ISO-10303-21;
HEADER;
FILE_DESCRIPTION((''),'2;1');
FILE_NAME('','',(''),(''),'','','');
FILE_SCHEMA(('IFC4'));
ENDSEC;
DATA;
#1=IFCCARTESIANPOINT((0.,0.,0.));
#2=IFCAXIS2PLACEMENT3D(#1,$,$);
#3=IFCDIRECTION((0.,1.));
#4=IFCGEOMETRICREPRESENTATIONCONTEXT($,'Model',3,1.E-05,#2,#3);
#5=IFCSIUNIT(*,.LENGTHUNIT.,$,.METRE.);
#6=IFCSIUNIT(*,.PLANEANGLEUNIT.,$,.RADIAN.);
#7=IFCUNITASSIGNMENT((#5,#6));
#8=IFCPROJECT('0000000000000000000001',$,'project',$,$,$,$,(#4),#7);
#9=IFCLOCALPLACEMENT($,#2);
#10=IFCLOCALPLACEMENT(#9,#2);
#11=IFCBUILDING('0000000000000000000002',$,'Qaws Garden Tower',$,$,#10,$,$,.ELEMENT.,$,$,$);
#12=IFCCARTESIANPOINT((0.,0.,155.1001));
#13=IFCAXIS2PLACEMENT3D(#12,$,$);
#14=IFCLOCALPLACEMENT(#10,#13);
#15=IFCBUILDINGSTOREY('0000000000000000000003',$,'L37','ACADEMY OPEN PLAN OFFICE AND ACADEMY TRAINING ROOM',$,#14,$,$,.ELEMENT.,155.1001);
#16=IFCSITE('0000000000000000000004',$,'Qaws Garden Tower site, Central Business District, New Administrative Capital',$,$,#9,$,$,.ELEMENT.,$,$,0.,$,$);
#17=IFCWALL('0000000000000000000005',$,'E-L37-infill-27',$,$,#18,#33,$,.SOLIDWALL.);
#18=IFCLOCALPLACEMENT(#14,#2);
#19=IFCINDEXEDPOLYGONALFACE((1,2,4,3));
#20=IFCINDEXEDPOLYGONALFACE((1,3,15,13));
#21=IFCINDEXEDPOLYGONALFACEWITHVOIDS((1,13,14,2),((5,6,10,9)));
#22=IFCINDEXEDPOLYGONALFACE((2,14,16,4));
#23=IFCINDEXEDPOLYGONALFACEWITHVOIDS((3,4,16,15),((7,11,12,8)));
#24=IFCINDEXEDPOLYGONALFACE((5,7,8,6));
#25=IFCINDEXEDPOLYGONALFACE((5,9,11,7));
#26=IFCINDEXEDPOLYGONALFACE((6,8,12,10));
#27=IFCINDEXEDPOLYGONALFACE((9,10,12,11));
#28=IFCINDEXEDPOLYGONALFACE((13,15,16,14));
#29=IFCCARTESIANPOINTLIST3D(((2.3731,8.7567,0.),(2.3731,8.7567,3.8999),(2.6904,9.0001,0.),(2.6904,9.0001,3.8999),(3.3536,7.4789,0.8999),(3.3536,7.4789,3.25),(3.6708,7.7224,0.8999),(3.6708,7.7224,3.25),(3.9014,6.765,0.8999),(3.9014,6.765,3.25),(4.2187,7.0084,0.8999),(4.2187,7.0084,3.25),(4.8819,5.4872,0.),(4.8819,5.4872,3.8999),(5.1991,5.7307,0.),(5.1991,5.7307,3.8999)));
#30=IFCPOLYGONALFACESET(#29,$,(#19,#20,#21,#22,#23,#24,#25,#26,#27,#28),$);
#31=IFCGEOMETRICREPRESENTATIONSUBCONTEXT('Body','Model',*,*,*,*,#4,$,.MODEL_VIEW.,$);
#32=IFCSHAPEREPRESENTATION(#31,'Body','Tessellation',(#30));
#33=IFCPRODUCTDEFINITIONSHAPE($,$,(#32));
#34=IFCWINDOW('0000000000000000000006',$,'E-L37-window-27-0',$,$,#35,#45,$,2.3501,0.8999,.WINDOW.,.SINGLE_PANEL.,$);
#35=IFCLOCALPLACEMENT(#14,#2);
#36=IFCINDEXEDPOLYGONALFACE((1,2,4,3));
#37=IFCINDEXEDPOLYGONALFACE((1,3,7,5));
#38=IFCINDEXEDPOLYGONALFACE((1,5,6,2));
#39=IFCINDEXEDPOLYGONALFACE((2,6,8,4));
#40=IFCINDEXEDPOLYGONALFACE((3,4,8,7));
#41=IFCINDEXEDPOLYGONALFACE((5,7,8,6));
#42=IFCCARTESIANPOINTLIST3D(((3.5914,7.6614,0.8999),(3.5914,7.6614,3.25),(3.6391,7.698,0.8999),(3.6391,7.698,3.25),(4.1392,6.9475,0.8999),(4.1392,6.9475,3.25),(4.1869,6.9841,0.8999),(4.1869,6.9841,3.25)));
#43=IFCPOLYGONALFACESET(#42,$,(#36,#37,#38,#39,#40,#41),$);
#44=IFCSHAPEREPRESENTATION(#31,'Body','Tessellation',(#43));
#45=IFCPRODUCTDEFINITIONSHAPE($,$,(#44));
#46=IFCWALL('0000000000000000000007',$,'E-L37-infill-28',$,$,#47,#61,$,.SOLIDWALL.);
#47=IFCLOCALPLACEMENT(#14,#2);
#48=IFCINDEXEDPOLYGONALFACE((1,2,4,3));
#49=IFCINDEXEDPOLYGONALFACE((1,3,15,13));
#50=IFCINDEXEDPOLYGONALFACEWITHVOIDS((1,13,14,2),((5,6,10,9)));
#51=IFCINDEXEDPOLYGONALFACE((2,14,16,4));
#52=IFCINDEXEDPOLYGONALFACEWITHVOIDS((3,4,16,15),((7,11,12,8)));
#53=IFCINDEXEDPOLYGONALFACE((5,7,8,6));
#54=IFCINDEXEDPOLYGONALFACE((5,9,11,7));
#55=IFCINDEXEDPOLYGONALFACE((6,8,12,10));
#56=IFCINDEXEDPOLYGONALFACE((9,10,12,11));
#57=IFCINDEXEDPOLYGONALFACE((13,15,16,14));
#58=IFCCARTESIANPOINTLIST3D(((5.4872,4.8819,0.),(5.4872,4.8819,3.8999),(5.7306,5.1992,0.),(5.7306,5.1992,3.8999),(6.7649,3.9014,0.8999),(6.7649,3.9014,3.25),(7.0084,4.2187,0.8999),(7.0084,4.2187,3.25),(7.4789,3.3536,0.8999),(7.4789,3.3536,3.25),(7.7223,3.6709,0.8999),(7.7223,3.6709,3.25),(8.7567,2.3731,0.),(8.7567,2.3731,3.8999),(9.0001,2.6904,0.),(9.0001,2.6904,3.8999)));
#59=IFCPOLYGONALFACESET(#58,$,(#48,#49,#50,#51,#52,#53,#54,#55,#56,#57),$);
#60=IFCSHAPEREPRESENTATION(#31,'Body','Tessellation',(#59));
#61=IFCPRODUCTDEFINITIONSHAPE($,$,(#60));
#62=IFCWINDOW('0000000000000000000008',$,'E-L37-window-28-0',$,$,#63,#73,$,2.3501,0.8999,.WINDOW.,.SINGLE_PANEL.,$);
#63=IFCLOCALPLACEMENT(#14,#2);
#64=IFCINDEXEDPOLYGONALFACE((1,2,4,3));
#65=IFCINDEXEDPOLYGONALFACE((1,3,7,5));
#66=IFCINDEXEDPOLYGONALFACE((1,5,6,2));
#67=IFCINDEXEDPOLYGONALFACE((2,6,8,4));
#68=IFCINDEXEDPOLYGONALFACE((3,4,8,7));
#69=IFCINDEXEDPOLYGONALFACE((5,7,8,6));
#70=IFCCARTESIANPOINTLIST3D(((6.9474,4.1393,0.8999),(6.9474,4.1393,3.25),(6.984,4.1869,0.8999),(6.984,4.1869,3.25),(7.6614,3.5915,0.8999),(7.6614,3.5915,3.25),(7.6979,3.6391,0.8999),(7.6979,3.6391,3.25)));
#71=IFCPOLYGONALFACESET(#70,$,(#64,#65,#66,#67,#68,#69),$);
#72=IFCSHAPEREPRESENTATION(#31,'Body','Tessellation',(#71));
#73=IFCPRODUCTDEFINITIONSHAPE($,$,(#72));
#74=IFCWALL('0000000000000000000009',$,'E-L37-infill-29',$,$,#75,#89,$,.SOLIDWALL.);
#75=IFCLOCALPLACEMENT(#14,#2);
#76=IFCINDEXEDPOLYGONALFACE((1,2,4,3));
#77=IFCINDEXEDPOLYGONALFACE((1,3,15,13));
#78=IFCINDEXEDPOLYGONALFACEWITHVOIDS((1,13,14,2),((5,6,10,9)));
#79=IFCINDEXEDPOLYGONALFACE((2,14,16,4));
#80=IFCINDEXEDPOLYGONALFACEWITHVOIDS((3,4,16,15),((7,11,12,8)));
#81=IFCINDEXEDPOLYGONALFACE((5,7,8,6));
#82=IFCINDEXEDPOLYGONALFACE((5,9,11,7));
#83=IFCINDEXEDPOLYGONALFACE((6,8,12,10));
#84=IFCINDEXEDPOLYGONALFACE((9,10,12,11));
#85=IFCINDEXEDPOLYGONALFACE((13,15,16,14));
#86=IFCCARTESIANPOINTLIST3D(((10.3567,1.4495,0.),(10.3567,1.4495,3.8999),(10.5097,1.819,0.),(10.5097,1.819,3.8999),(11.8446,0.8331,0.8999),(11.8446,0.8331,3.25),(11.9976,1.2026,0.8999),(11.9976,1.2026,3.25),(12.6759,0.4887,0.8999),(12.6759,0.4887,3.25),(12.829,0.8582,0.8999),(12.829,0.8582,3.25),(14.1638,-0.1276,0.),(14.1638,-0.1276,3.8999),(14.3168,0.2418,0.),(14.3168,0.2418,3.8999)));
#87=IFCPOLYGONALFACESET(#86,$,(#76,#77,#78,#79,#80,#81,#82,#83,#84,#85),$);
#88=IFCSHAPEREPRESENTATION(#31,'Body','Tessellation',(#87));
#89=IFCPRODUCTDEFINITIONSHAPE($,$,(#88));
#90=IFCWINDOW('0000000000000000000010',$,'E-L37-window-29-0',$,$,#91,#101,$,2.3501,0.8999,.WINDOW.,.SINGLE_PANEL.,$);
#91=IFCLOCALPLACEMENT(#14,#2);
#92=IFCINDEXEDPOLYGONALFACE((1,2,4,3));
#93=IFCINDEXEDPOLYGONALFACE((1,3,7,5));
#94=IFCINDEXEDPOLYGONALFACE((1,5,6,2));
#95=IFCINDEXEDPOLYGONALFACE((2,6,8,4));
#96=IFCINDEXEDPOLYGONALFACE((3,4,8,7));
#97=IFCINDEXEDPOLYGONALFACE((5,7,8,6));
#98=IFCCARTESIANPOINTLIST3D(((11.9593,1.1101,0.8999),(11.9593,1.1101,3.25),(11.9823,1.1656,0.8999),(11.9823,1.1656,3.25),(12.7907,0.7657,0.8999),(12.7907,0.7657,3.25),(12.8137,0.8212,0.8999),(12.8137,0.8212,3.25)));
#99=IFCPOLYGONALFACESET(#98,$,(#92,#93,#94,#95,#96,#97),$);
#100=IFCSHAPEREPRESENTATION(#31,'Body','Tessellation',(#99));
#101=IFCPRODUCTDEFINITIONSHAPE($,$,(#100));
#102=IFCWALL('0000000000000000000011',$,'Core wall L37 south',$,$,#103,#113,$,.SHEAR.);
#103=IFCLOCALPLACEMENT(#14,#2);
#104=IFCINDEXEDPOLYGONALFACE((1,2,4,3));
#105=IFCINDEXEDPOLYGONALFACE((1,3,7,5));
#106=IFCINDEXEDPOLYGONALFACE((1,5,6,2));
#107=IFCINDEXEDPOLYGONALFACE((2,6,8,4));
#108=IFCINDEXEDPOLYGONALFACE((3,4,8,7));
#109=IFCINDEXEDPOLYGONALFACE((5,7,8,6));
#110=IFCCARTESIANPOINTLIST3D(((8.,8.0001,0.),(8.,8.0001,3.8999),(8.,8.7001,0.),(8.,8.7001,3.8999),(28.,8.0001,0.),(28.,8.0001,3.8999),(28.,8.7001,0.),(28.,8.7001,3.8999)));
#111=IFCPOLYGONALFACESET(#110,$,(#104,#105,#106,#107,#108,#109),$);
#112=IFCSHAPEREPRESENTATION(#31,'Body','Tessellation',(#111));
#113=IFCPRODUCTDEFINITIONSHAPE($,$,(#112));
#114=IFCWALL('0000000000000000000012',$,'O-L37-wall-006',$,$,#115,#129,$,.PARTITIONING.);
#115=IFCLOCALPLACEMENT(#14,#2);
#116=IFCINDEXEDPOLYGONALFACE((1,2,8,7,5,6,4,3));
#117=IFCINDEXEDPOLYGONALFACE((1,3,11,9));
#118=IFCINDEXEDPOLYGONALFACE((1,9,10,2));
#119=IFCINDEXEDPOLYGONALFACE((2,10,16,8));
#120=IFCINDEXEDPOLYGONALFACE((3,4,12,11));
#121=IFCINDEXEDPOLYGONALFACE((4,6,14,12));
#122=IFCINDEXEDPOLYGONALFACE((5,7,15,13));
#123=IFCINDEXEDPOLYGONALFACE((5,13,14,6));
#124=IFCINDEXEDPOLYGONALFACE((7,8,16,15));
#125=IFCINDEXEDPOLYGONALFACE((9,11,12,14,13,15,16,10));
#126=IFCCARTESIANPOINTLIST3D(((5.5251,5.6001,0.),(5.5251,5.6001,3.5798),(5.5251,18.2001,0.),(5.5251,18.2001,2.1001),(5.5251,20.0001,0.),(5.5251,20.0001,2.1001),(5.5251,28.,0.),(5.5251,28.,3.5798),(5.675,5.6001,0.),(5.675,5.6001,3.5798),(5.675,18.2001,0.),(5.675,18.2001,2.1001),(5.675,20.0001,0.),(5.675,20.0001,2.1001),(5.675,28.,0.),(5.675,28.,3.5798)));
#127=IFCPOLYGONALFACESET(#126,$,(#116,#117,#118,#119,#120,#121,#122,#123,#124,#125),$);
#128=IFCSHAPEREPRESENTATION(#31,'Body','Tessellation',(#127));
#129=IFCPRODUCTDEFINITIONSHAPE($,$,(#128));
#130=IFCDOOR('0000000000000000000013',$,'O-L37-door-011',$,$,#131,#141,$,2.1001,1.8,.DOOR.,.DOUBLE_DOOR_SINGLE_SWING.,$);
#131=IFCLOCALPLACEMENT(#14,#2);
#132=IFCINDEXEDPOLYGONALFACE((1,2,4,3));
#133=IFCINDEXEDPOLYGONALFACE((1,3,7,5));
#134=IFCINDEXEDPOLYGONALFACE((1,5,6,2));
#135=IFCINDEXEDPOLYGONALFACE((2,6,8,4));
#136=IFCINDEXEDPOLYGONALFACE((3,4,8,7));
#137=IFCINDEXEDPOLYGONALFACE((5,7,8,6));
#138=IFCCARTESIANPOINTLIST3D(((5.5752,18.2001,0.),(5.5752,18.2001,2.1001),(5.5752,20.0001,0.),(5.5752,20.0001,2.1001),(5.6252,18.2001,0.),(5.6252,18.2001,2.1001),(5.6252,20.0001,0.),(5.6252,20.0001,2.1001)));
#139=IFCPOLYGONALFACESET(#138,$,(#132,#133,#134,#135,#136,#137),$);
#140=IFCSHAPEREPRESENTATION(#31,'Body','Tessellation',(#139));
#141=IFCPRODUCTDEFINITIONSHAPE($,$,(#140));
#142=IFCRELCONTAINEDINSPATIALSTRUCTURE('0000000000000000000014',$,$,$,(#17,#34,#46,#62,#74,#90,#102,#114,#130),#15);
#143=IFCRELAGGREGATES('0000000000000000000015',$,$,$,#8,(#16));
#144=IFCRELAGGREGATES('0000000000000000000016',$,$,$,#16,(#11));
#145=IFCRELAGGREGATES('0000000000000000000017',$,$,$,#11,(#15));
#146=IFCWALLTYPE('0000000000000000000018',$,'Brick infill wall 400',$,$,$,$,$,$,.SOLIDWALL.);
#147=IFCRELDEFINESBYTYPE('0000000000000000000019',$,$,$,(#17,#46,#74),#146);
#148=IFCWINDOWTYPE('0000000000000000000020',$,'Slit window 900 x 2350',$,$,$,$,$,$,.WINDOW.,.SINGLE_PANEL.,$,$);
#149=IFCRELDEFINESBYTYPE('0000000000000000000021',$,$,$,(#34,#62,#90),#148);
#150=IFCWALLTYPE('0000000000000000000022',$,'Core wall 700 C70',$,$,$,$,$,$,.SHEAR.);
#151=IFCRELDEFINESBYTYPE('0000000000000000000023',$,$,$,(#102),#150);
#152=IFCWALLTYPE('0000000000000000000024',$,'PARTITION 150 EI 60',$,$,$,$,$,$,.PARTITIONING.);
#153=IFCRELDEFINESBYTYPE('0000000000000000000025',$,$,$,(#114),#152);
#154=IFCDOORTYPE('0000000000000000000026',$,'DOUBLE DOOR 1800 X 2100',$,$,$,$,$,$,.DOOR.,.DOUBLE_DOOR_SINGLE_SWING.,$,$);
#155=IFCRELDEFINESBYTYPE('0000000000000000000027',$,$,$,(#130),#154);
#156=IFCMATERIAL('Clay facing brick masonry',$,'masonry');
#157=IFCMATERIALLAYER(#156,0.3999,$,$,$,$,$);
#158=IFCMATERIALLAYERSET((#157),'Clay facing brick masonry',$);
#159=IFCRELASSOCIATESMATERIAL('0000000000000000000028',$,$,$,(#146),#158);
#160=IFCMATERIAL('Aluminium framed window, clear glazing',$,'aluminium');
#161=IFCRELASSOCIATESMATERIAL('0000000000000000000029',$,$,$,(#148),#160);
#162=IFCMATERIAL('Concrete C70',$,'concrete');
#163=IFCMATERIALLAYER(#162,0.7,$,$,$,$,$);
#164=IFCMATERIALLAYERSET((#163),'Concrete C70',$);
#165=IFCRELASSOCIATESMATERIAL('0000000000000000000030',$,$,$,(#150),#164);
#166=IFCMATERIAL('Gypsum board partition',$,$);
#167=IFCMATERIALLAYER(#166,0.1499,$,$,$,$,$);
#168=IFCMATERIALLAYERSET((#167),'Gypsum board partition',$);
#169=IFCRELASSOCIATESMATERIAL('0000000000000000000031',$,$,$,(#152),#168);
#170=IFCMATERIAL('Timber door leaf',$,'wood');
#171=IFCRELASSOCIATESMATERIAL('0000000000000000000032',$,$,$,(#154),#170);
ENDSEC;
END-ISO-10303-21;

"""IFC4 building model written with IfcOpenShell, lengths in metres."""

from ifc_helpers import new_model, si_unit, direction, frame, frame_2d, origin, place, context, subcontext, project, spatial, rectangle, extrude, material, layer, layer_set, type_object, element, fill, save


model = new_model("IFC4")

# Units and contexts
model_context = context("Model", 3, precision=1e-05, world=origin(), true_north=direction((0.0, 1.0)))
body_context = subcontext(model_context, "Body", "Model", "MODEL_VIEW")
ifc_project = project(units=[si_unit("LENGTHUNIT", "METRE"), si_unit("PLANEANGLEUNIT", "RADIAN")], contexts=[model_context])

# Site, building, storey
site_placement = place(None, origin())
site = spatial("IfcSite", under=ifc_project, at=site_placement, Name="Qaws Garden Tower site, Central Business District, New Administrative Capital", CompositionType="ELEMENT", RefElevation=0.0)
building_placement = place(site_placement, origin())
building = spatial("IfcBuilding", under=site, at=building_placement, Name="Qaws Garden Tower", CompositionType="ELEMENT")
storey_placement = place(building_placement, frame((0.0, 0.0, 155.1001)))
storey = spatial("IfcBuildingStorey", under=building, at=storey_placement, Name="L37", Description="ACADEMY OPEN PLAN OFFICE AND ACADEMY TRAINING ROOM", CompositionType="ELEMENT", Elevation=155.1001)

# Walls, openings, windows
ifc_material_1 = material(Name="Clay facing brick masonry", Category="masonry")
ifc_layer_1 = layer(ifc_material_1, 0.3999)
ifc_layer_set_1 = layer_set([ifc_layer_1], Name="Clay facing brick masonry")
wall_type_1 = type_object("IfcWallType", Name="Brick infill wall 400", PredefinedType="SOLIDWALL", material=ifc_layer_set_1)
wall_1_placement = place(storey_placement, frame((2.5317, 8.8784, 0.0), z_axis=(0.0, 0.0, 1.0), x_axis=(0.60876, -0.793355, 0.0)))
wall_1 = element("IfcWall", 1, at=wall_1_placement, inside=storey, type_object=wall_type_1, Name="E-L37-infill-27", PredefinedType="SOLIDWALL", context=body_context, shape_type="SweptSolid", body=[
    extrude(rectangle(XDim=4.1211, YDim=0.3999, at=frame_2d((2.0605, 0.0))), origin(), (0.0, 0.0, 1.0), 3.8999),
])
opening_1_placement = place(wall_1_placement, frame((1.6106, 0.0, 0.8999)))
opening_1 = element("IfcOpeningElement", 2, at=opening_1_placement, cuts=wall_1, PredefinedType="OPENING", context=body_context, shape_type="SweptSolid", body=[
    extrude(rectangle(XDim=0.8999, YDim=2.3501, at=frame_2d((0.45, 1.175))), frame((0.0, 0.21, 0.0), z_axis=(0.0, -1.0, 0.0), x_axis=(1.0, 0.0, 0.0)), (0.0, 0.0, 1.0), 0.4199),
])
ifc_material_2 = material(Name="Aluminium framed window, clear glazing", Category="aluminium")
window_type = type_object("IfcWindowType", Name="Slit window 900 x 2350", PartitioningType="SINGLE_PANEL", PredefinedType="WINDOW", material=ifc_material_2)
window_1_placement = place(opening_1_placement, origin())
window_1 = element("IfcWindow", 3, at=window_1_placement, inside=storey, type_object=window_type, Name="E-L37-window-27-0", OverallHeight=2.3501, OverallWidth=0.8999, PartitioningType="SINGLE_PANEL", PredefinedType="WINDOW", context=body_context, shape_type="SweptSolid", body=[
    extrude(rectangle(XDim=0.8999, YDim=2.3501, at=frame_2d((0.45, 1.175))), frame((0.0, 0.1599, 0.0), z_axis=(0.0, -1.0, 0.0), x_axis=(1.0, 0.0, 0.0)), (0.0, 0.0, 1.0), 0.0601),
])
fill(opening_1, window_1)
wall_2_placement = place(storey_placement, frame((5.6089, 5.0405, 0.0), z_axis=(0.0, 0.0, 1.0), x_axis=(0.793355, -0.60876, 0.0)))
wall_2 = element("IfcWall", 4, at=wall_2_placement, inside=storey, type_object=wall_type_1, Name="E-L37-infill-28", PredefinedType="SOLIDWALL", context=body_context, shape_type="SweptSolid", body=[
    extrude(rectangle(XDim=4.1211, YDim=0.3999, at=frame_2d((2.0605, 0.0))), origin(), (0.0, 0.0, 1.0), 3.8999),
])
opening_2_placement = place(wall_2_placement, frame((1.6106, 0.0, 0.8999)))
opening_2 = element("IfcOpeningElement", 5, at=opening_2_placement, cuts=wall_2, PredefinedType="OPENING", context=body_context, shape_type="SweptSolid", body=[
    extrude(rectangle(XDim=0.8999, YDim=2.3501, at=frame_2d((0.45, 1.175))), frame((0.0, 0.21, 0.0), z_axis=(0.0, -1.0, 0.0), x_axis=(1.0, 0.0, 0.0)), (0.0, 0.0, 1.0), 0.4199),
])
window_2_placement = place(opening_2_placement, origin())
window_2 = element("IfcWindow", 6, at=window_2_placement, inside=storey, type_object=window_type, Name="E-L37-window-28-0", OverallHeight=2.3501, OverallWidth=0.8999, PartitioningType="SINGLE_PANEL", PredefinedType="WINDOW", context=body_context, shape_type="SweptSolid", body=[
    extrude(rectangle(XDim=0.8999, YDim=2.3501, at=frame_2d((0.45, 1.175))), frame((0.0, 0.1599, 0.0), z_axis=(0.0, -1.0, 0.0), x_axis=(1.0, 0.0, 0.0)), (0.0, 0.0, 1.0), 0.0601),
])
fill(opening_2, window_2)
wall_3_placement = place(storey_placement, frame((10.4331, 1.6343, 0.0), z_axis=(0.0, 0.0, 1.0), x_axis=(0.923864, -0.382722, 0.0)))
wall_3 = element("IfcWall", 7, at=wall_3_placement, inside=storey, type_object=wall_type_1, Name="E-L37-infill-29", PredefinedType="SOLIDWALL", context=body_context, shape_type="SweptSolid", body=[
    extrude(rectangle(XDim=4.1208, YDim=0.3999, at=frame_2d((2.0605, 0.0))), origin(), (0.0, 0.0, 1.0), 3.8999),
])
opening_3_placement = place(wall_3_placement, frame((1.6106, 0.0, 0.8999)))
opening_3 = element("IfcOpeningElement", 8, at=opening_3_placement, cuts=wall_3, PredefinedType="OPENING", context=body_context, shape_type="SweptSolid", body=[
    extrude(rectangle(XDim=0.8999, YDim=2.3501, at=frame_2d((0.45, 1.175))), frame((0.0, 0.21, 0.0), z_axis=(0.0, -1.0, 0.0), x_axis=(1.0, 0.0, 0.0)), (0.0, 0.0, 1.0), 0.4199),
])
window_3_placement = place(opening_3_placement, origin())
window_3 = element("IfcWindow", 9, at=window_3_placement, inside=storey, type_object=window_type, Name="E-L37-window-29-0", OverallHeight=2.3501, OverallWidth=0.8999, PartitioningType="SINGLE_PANEL", PredefinedType="WINDOW", context=body_context, shape_type="SweptSolid", body=[
    extrude(rectangle(XDim=0.8999, YDim=2.3501, at=frame_2d((0.45, 1.175))), frame((0.0, 0.1599, 0.0), z_axis=(0.0, -1.0, 0.0), x_axis=(1.0, 0.0, 0.0)), (0.0, 0.0, 1.0), 0.0601),
])
fill(opening_3, window_3)

# Wall
ifc_material_3 = material(Name="Concrete C70", Category="concrete")
ifc_layer_2 = layer(ifc_material_3, 0.7)
ifc_layer_set_2 = layer_set([ifc_layer_2], Name="Concrete C70")
wall_type_2 = type_object("IfcWallType", Name="Core wall 700 C70", PredefinedType="SHEAR", material=ifc_layer_set_2)
wall_4_placement = place(storey_placement, frame((8.0, 8.3501, 0.0), z_axis=(0.0, 0.0, 1.0), x_axis=(1.0, 0.0, 0.0)))
element("IfcWall", 10, at=wall_4_placement, inside=storey, type_object=wall_type_2, Name="Core wall L37 south", PredefinedType="SHEAR", context=body_context, shape_type="SweptSolid", body=[
    extrude(rectangle(XDim=20.0, YDim=0.7, at=frame_2d((10.0, 0.0))), origin(), (0.0, 0.0, 1.0), 3.8999),
])

# Wall, opening, door
ifc_material_4 = material(Name="Gypsum board partition")
ifc_layer_3 = layer(ifc_material_4, 0.1499)
ifc_layer_set_3 = layer_set([ifc_layer_3], Name="Gypsum board partition")
wall_type_3 = type_object("IfcWallType", Name="PARTITION 150 EI 60", PredefinedType="PARTITIONING", material=ifc_layer_set_3)
wall_5_placement = place(storey_placement, frame((5.6001, 5.6001, 0.0), z_axis=(0.0, 0.0, 1.0), x_axis=(0.0, 1.0, 0.0)))
wall_5 = element("IfcWall", 11, at=wall_5_placement, inside=storey, type_object=wall_type_3, Name="O-L37-wall-006", PredefinedType="PARTITIONING", context=body_context, shape_type="SweptSolid", body=[
    extrude(rectangle(XDim=22.3999, YDim=0.1499, at=frame_2d((11.2, 0.0))), origin(), (0.0, 0.0, 1.0), 3.5798),
])
opening_4_placement = place(wall_5_placement, frame((12.6001, 0.0, 0.0)))
opening_4 = element("IfcOpeningElement", 12, at=opening_4_placement, cuts=wall_5, PredefinedType="OPENING", context=body_context, shape_type="SweptSolid", body=[
    extrude(rectangle(XDim=1.8, YDim=2.1001, at=frame_2d((0.8999, 1.05))), frame((0.0, 0.085, 0.0), z_axis=(0.0, -1.0, 0.0), x_axis=(1.0, 0.0, 0.0)), (0.0, 0.0, 1.0), 0.1699),
])
ifc_material_5 = material(Name="Timber door leaf", Category="wood")
door_type_1 = type_object("IfcDoorType", Name="DOUBLE DOOR 1800 X 2100", OperationType="DOUBLE_DOOR_SINGLE_SWING", PredefinedType="DOOR", material=ifc_material_5)
door_1_placement = place(opening_4_placement, origin())
door_1 = element("IfcDoor", 13, at=door_1_placement, inside=storey, type_object=door_type_1, Name="O-L37-door-011", OperationType="DOUBLE_DOOR_SINGLE_SWING", OverallHeight=2.1001, OverallWidth=1.8, PredefinedType="DOOR", context=body_context, shape_type="SweptSolid", body=[
    extrude(rectangle(XDim=1.8, YDim=2.1001, at=frame_2d((0.8999, 1.05))), frame((0.0, 0.0249, 0.0), z_axis=(0.0, -1.0, 0.0), x_axis=(1.0, 0.0, 0.0)), (0.0, 0.0, 1.0), 0.05),
])
fill(opening_4, door_1)

save(model, "model.ifc")
